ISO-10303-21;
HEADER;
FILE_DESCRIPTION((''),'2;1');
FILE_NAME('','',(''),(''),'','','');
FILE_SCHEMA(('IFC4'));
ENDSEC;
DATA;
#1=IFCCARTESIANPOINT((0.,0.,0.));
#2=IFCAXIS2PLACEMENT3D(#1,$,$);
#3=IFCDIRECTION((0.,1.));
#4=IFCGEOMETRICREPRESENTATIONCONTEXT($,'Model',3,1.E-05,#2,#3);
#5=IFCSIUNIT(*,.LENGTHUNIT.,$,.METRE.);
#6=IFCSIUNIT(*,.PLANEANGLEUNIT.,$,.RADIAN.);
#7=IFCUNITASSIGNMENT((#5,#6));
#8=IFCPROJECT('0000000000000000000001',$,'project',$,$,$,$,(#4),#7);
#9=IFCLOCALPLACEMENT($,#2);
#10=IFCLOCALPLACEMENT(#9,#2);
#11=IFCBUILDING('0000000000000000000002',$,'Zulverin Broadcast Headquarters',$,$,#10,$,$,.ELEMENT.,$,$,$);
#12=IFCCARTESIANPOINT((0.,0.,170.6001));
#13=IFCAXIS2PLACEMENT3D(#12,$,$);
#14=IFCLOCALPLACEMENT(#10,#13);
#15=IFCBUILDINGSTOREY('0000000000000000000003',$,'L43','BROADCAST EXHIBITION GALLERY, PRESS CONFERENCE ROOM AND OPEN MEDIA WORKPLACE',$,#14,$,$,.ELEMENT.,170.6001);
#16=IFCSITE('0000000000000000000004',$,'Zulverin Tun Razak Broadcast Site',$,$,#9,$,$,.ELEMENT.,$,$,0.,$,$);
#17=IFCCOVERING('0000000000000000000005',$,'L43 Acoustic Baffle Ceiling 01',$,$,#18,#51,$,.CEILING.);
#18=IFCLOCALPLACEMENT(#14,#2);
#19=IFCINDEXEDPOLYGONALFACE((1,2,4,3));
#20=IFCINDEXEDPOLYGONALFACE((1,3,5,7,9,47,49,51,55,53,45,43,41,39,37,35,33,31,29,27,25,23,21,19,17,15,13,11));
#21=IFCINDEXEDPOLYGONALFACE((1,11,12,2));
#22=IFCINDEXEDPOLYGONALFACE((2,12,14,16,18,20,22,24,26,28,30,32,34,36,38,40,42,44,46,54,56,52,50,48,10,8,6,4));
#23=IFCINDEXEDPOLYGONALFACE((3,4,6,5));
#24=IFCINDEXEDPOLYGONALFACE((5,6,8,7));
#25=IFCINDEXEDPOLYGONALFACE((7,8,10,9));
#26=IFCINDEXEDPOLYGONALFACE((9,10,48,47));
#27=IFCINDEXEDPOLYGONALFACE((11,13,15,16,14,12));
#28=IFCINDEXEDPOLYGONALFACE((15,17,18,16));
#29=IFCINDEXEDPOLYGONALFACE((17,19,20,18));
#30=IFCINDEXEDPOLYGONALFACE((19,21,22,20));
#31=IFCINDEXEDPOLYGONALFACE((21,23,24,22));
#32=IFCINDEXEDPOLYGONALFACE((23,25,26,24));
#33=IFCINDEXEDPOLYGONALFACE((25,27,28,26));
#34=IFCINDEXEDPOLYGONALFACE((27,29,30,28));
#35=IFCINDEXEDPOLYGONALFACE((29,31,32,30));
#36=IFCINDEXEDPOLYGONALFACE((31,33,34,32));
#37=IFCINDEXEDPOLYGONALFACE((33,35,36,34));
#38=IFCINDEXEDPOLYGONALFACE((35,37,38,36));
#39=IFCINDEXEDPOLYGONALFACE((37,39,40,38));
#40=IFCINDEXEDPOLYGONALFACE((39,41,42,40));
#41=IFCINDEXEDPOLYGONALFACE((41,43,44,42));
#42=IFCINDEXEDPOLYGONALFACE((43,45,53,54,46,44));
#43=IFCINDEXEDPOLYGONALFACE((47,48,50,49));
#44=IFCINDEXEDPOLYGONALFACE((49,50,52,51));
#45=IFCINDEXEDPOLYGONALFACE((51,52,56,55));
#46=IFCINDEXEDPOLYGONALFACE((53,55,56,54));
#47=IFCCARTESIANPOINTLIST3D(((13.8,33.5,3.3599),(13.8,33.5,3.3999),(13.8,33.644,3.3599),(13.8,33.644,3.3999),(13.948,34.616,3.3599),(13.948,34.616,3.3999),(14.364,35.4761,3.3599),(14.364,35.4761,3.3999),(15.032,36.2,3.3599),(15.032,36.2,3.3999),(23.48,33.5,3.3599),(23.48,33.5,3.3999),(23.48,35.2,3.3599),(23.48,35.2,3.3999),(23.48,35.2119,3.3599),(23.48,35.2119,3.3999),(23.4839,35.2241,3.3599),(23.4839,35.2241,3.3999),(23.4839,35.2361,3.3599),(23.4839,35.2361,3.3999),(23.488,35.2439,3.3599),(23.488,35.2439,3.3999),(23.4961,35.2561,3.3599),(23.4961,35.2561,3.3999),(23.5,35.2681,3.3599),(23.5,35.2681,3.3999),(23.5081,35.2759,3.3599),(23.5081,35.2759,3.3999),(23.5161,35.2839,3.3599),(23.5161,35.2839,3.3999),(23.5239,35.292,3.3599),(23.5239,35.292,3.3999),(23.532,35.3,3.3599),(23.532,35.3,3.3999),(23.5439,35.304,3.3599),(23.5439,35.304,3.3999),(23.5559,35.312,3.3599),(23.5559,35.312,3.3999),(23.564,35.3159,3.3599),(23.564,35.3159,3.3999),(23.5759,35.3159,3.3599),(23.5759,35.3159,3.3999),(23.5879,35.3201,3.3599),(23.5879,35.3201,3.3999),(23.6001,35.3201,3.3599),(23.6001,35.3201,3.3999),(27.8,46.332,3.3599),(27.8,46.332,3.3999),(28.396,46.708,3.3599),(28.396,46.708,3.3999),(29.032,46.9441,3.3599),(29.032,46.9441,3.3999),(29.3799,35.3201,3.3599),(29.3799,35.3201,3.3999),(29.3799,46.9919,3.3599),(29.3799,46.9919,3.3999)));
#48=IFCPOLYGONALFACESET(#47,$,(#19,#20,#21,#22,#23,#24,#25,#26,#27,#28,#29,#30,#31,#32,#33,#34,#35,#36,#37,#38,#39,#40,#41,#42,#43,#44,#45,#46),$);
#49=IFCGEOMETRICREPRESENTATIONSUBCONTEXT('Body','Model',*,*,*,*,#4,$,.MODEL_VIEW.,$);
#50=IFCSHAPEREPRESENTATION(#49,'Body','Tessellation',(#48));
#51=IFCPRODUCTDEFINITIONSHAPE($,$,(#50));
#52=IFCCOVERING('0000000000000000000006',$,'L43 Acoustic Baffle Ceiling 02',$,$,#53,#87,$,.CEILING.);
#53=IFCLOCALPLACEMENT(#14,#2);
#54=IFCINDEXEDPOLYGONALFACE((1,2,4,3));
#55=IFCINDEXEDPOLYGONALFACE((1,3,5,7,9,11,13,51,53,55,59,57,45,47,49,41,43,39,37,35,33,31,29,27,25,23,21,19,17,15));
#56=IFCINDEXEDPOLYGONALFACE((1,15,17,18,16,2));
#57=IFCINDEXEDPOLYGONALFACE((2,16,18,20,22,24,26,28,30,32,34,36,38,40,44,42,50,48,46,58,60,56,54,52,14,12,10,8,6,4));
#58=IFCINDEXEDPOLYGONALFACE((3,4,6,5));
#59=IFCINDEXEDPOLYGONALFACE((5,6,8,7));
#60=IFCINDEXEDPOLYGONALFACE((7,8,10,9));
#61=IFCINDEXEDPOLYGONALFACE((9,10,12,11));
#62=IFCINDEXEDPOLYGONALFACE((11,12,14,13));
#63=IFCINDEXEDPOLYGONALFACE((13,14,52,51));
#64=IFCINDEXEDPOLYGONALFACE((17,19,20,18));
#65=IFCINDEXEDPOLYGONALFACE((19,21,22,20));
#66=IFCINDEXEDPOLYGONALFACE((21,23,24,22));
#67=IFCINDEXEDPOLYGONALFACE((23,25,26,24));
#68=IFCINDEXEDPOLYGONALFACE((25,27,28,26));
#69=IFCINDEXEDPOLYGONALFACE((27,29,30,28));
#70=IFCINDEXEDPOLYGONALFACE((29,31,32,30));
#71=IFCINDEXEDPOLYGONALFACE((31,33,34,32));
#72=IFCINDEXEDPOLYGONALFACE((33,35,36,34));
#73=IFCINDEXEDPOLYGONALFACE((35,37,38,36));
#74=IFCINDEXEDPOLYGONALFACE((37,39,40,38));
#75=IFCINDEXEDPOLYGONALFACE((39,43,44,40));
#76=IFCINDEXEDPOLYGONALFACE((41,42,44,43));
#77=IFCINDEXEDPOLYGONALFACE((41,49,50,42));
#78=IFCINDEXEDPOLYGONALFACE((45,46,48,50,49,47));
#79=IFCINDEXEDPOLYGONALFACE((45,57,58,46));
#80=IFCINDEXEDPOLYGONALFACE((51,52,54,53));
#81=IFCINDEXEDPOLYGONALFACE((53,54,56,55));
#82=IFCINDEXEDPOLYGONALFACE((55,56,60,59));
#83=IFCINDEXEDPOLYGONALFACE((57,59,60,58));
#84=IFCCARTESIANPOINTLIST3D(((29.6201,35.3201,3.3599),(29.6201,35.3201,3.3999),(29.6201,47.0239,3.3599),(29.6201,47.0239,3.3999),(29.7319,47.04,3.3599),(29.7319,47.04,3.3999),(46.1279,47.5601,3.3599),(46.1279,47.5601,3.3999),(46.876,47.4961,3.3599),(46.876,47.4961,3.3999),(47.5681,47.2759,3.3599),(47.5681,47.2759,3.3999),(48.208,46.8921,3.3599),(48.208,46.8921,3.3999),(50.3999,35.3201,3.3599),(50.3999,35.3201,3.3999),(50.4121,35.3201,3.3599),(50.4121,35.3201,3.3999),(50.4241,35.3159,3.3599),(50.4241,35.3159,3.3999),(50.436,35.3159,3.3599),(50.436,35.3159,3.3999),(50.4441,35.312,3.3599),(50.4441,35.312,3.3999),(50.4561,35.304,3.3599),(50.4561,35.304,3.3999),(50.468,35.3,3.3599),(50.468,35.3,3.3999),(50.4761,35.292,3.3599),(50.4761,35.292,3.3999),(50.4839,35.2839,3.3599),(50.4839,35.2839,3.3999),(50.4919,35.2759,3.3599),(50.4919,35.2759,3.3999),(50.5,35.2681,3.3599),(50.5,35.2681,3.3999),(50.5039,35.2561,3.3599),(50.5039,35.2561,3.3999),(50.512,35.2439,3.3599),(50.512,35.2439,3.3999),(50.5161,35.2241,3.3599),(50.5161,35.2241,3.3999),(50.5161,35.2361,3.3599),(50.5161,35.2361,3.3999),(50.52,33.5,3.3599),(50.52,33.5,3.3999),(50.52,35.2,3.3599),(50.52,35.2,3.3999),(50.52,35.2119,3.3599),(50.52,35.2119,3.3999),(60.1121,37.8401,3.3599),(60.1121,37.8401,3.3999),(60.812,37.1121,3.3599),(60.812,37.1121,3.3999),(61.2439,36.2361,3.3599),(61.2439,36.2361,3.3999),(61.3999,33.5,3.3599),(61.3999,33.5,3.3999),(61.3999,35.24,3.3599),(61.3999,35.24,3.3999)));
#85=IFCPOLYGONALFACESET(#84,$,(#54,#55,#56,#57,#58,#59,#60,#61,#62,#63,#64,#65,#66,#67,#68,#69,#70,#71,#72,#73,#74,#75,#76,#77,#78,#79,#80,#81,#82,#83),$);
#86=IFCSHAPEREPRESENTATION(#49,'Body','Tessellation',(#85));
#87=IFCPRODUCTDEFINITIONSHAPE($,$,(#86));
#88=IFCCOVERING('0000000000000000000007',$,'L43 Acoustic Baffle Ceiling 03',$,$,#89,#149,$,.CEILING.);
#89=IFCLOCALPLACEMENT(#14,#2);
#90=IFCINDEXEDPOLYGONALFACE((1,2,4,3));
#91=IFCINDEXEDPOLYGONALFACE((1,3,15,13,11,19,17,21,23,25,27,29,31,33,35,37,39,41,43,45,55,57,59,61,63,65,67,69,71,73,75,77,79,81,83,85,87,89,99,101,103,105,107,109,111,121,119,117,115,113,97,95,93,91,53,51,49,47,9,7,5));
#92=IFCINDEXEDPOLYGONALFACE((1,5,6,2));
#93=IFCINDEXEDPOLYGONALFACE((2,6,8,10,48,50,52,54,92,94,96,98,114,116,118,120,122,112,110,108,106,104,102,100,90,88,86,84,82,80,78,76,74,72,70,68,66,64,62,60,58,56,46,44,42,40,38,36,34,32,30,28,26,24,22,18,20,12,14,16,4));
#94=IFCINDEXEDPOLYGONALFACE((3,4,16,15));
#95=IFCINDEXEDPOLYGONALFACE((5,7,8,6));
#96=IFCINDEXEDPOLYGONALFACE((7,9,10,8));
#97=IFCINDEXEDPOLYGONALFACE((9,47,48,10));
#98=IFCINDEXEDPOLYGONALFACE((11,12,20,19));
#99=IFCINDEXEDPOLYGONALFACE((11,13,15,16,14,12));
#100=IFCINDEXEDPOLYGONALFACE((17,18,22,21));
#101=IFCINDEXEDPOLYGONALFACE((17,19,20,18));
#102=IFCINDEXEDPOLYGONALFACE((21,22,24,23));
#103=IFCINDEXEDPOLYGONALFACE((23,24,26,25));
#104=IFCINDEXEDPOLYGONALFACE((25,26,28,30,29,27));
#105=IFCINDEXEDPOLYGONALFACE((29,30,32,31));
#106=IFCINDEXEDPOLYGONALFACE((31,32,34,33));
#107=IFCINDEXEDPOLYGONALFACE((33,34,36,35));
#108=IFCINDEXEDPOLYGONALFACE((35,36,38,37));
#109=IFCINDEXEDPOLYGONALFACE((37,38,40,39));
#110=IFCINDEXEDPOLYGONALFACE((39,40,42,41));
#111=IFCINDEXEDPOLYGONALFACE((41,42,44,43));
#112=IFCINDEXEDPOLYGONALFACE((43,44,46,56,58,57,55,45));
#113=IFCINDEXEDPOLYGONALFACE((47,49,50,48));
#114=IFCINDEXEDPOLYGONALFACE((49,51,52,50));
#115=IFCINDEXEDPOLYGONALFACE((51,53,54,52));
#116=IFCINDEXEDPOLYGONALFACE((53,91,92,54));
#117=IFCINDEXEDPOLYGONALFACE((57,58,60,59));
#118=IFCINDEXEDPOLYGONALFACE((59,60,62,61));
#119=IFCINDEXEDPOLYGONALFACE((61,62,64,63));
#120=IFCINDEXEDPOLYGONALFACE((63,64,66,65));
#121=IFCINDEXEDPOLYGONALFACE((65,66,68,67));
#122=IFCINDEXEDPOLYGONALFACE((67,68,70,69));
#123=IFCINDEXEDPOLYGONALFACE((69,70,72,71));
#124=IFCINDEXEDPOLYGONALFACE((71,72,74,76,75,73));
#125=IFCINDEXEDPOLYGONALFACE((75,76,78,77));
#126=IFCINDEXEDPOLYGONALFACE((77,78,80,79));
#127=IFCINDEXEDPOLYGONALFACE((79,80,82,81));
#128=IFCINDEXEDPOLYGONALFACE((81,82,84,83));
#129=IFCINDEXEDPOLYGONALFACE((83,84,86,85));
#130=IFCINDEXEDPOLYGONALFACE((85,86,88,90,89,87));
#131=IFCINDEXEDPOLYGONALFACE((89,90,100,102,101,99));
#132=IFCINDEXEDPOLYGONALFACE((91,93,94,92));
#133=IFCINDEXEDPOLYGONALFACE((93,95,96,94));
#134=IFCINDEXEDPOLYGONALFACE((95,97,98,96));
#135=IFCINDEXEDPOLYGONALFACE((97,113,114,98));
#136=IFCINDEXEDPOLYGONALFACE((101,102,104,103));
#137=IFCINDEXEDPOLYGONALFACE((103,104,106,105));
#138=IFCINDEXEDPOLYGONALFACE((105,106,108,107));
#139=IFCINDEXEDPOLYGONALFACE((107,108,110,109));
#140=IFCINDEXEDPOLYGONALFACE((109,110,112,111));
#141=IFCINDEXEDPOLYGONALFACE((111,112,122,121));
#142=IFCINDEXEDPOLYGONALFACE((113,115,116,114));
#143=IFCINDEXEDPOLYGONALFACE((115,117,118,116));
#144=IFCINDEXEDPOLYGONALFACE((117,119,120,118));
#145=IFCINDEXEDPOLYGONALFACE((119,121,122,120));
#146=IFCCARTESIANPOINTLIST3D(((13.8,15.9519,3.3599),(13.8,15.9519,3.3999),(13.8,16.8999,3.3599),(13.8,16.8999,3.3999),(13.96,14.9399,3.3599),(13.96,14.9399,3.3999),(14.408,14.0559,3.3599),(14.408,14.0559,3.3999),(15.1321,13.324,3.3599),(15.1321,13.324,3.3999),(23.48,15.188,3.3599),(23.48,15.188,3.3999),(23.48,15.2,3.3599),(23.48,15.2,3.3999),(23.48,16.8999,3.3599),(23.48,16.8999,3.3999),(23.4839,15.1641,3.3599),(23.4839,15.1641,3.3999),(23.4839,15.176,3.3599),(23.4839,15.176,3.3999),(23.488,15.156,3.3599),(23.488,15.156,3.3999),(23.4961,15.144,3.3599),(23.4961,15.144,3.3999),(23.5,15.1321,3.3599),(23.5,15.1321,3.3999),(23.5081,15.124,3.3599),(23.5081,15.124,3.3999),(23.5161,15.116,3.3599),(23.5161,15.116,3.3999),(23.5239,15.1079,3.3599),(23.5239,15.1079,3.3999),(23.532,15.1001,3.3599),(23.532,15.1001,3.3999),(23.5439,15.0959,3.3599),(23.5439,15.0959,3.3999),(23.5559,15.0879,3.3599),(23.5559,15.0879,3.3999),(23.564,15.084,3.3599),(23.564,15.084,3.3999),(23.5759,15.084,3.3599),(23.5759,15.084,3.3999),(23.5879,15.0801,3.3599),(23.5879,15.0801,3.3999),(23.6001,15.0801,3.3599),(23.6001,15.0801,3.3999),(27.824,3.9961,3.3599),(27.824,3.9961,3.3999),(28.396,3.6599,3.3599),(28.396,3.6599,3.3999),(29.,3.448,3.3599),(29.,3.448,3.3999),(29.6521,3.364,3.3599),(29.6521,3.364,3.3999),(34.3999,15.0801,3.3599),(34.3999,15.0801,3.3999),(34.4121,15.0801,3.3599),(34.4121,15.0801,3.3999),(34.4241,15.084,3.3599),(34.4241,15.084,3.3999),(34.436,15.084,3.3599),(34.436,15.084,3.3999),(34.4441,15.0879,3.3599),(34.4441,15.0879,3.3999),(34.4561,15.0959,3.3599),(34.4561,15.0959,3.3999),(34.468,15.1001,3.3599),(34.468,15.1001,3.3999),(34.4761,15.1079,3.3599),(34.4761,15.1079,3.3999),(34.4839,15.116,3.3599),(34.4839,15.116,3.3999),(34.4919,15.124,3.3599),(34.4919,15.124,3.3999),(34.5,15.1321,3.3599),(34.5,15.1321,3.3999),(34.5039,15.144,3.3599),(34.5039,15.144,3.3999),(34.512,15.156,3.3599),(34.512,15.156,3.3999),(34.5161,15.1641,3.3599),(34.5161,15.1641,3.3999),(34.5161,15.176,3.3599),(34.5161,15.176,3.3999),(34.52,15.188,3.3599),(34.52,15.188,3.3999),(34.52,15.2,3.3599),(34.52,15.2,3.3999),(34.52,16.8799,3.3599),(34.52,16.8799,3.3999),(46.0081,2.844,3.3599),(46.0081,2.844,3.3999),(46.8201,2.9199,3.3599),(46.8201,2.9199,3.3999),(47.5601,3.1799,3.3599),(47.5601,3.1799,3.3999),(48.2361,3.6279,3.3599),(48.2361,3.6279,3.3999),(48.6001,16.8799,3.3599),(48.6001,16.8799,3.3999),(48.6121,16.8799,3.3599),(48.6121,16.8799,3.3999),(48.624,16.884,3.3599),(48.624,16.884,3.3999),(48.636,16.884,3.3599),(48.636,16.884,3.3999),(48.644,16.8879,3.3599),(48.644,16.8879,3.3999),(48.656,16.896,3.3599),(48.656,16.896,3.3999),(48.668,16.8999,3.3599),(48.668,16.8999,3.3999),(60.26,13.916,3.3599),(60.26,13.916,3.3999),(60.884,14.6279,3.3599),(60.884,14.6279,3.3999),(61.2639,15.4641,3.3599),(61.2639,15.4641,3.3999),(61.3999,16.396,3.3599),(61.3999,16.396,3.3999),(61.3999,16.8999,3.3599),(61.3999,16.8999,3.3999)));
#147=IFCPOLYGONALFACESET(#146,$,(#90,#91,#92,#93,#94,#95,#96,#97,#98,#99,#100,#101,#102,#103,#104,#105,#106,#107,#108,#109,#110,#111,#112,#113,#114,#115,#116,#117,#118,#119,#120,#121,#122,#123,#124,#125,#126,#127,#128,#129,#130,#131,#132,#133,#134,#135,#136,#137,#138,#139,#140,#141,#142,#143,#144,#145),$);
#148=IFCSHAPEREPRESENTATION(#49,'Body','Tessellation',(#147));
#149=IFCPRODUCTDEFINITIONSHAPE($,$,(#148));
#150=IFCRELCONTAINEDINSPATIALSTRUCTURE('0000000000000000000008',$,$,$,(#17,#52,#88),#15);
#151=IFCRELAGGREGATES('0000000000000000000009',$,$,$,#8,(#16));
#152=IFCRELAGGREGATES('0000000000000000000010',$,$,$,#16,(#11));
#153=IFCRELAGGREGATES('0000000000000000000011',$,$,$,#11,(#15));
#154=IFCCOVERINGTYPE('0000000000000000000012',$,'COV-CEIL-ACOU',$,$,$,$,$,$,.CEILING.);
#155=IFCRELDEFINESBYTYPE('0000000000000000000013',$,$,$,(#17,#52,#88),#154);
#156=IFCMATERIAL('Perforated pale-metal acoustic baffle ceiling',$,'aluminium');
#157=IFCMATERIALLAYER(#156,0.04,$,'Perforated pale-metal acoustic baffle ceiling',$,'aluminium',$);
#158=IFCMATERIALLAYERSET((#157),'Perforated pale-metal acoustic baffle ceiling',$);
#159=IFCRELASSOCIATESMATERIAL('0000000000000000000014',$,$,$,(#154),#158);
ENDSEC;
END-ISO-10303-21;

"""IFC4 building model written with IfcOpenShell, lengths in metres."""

from ifc_helpers import new_model, si_unit, direction, frame, origin, place, context, subcontext, project, spatial, polyline, outline, extrude, material, layer, layer_set, type_object, element, save


model = new_model("IFC4")

# Units and contexts
model_context = context("Model", 3, precision=1e-05, world=origin(), true_north=direction((0.0, 1.0)))
body_context = subcontext(model_context, "Body", "Model", "MODEL_VIEW")
ifc_project = project(units=[si_unit("LENGTHUNIT", "METRE"), si_unit("PLANEANGLEUNIT", "RADIAN")], contexts=[model_context])

# Site, building, storey
site_placement = place(None, origin())
site = spatial("IfcSite", under=ifc_project, at=site_placement, Name="Zulverin Tun Razak Broadcast Site", CompositionType="ELEMENT", RefElevation=0.0)
building_placement = place(site_placement, origin())
building = spatial("IfcBuilding", under=site, at=building_placement, Name="Zulverin Broadcast Headquarters", CompositionType="ELEMENT")
storey_placement = place(building_placement, frame((0.0, 0.0, 170.6001)))
storey = spatial("IfcBuildingStorey", under=building, at=storey_placement, Name="L43", Description="BROADCAST EXHIBITION GALLERY, PRESS CONFERENCE ROOM AND OPEN MEDIA WORKPLACE", CompositionType="ELEMENT", Elevation=170.6001)

# Coverings
ifc_material_1 = material(Name="Perforated pale-metal acoustic baffle ceiling", Category="aluminium")
ifc_layer_1 = layer(ifc_material_1, 0.04, Name="Perforated pale-metal acoustic baffle ceiling", Category="aluminium")
ifc_layer_set_1 = layer_set([ifc_layer_1], Name="Perforated pale-metal acoustic baffle ceiling")
covering_type_1 = type_object("IfcCoveringType", Name="COV-CEIL-ACOU", PredefinedType="CEILING", material=ifc_layer_set_1)
covering_1_placement = place(storey_placement, frame((0.0, 0.0, 3.3599)))
element("IfcCovering", 1, at=covering_1_placement, inside=storey, type_object=covering_type_1, Name="L43 Acoustic Baffle Ceiling 01", PredefinedType="CEILING", context=body_context, shape_type="SweptSolid", body=[
    extrude(outline(polyline([(29.032, 46.9441), (28.396, 46.708), (27.8, 46.332), (15.032, 36.2), (14.364, 35.4761), (13.948, 34.616), (13.8, 33.644), (13.8, 33.5), (23.48, 33.5), (23.48, 35.2), (23.48, 35.2119), (23.4839, 35.2241), (23.4839, 35.2361), (23.488, 35.2439), (23.4961, 35.2561), (23.5, 35.2681), (23.5081, 35.2759), (23.5161, 35.2839), (23.5239, 35.292), (23.532, 35.3), (23.5439, 35.304), (23.5559, 35.312), (23.564, 35.3159), (23.5759, 35.3159), (23.5879, 35.3201), (23.6001, 35.3201), (29.3799, 35.3201), (29.3799, 46.9919), (29.032, 46.9441)])), origin(), (0.0, 0.0, 1.0), 0.04),
])
covering_2_placement = place(storey_placement, frame((0.0, 0.0, 3.3599)))
element("IfcCovering", 2, at=covering_2_placement, inside=storey, type_object=covering_type_1, Name="L43 Acoustic Baffle Ceiling 02", PredefinedType="CEILING", context=body_context, shape_type="SweptSolid", body=[
    extrude(outline(polyline([(60.1121, 37.8401), (48.208, 46.8921), (47.5681, 47.2759), (46.876, 47.4961), (46.1279, 47.5601), (29.7319, 47.04), (29.6201, 47.0239), (29.6201, 35.3201), (50.3999, 35.3201), (50.4121, 35.3201), (50.4241, 35.3159), (50.436, 35.3159), (50.4441, 35.312), (50.4561, 35.304), (50.468, 35.3), (50.4761, 35.292), (50.4839, 35.2839), (50.4919, 35.2759), (50.5, 35.2681), (50.5039, 35.2561), (50.512, 35.2439), (50.5161, 35.2361), (50.5161, 35.2241), (50.52, 35.2119), (50.52, 35.2), (50.52, 33.5), (61.3999, 33.5), (61.3999, 35.24), (61.2439, 36.2361), (60.812, 37.1121), (60.1121, 37.8401)])), origin(), (0.0, 0.0, 1.0), 0.04),
])
covering_3_placement = place(storey_placement, frame((0.0, 0.0, 3.3599)))
element("IfcCovering", 3, at=covering_3_placement, inside=storey, type_object=covering_type_1, Name="L43 Acoustic Baffle Ceiling 03", PredefinedType="CEILING", context=body_context, shape_type="SweptSolid", body=[
    extrude(outline(polyline([(23.4839, 15.176), (23.48, 15.188), (23.48, 15.2), (23.48, 16.8999), (13.8, 16.8999), (13.8, 15.9519), (13.96, 14.9399), (14.408, 14.0559), (15.1321, 13.324), (27.824, 3.9961), (28.396, 3.6599), (29.0, 3.448), (29.6521, 3.364), (46.0081, 2.844), (46.8201, 2.9199), (47.5601, 3.1799), (48.2361, 3.6279), (60.26, 13.916), (60.884, 14.6279), (61.2639, 15.4641), (61.3999, 16.396), (61.3999, 16.8999), (48.668, 16.8999), (48.656, 16.896), (48.644, 16.8879), (48.636, 16.884), (48.624, 16.884), (48.6121, 16.8799), (48.6001, 16.8799), (34.52, 16.8799), (34.52, 15.2), (34.52, 15.188), (34.5161, 15.176), (34.5161, 15.1641), (34.512, 15.156), (34.5039, 15.144), (34.5, 15.1321), (34.4919, 15.124), (34.4839, 15.116), (34.4761, 15.1079), (34.468, 15.1001), (34.4561, 15.0959), (34.4441, 15.0879), (34.436, 15.084), (34.4241, 15.084), (34.4121, 15.0801), (34.3999, 15.0801), (23.6001, 15.0801), (23.5879, 15.0801), (23.5759, 15.084), (23.564, 15.084), (23.5559, 15.0879), (23.5439, 15.0959), (23.532, 15.1001), (23.5239, 15.1079), (23.5161, 15.116), (23.5081, 15.124), (23.5, 15.1321), (23.4961, 15.144), (23.488, 15.156), (23.4839, 15.1641), (23.4839, 15.176)])), origin(), (0.0, 0.0, 1.0), 0.04),
])

save(model, "model.ifc")
